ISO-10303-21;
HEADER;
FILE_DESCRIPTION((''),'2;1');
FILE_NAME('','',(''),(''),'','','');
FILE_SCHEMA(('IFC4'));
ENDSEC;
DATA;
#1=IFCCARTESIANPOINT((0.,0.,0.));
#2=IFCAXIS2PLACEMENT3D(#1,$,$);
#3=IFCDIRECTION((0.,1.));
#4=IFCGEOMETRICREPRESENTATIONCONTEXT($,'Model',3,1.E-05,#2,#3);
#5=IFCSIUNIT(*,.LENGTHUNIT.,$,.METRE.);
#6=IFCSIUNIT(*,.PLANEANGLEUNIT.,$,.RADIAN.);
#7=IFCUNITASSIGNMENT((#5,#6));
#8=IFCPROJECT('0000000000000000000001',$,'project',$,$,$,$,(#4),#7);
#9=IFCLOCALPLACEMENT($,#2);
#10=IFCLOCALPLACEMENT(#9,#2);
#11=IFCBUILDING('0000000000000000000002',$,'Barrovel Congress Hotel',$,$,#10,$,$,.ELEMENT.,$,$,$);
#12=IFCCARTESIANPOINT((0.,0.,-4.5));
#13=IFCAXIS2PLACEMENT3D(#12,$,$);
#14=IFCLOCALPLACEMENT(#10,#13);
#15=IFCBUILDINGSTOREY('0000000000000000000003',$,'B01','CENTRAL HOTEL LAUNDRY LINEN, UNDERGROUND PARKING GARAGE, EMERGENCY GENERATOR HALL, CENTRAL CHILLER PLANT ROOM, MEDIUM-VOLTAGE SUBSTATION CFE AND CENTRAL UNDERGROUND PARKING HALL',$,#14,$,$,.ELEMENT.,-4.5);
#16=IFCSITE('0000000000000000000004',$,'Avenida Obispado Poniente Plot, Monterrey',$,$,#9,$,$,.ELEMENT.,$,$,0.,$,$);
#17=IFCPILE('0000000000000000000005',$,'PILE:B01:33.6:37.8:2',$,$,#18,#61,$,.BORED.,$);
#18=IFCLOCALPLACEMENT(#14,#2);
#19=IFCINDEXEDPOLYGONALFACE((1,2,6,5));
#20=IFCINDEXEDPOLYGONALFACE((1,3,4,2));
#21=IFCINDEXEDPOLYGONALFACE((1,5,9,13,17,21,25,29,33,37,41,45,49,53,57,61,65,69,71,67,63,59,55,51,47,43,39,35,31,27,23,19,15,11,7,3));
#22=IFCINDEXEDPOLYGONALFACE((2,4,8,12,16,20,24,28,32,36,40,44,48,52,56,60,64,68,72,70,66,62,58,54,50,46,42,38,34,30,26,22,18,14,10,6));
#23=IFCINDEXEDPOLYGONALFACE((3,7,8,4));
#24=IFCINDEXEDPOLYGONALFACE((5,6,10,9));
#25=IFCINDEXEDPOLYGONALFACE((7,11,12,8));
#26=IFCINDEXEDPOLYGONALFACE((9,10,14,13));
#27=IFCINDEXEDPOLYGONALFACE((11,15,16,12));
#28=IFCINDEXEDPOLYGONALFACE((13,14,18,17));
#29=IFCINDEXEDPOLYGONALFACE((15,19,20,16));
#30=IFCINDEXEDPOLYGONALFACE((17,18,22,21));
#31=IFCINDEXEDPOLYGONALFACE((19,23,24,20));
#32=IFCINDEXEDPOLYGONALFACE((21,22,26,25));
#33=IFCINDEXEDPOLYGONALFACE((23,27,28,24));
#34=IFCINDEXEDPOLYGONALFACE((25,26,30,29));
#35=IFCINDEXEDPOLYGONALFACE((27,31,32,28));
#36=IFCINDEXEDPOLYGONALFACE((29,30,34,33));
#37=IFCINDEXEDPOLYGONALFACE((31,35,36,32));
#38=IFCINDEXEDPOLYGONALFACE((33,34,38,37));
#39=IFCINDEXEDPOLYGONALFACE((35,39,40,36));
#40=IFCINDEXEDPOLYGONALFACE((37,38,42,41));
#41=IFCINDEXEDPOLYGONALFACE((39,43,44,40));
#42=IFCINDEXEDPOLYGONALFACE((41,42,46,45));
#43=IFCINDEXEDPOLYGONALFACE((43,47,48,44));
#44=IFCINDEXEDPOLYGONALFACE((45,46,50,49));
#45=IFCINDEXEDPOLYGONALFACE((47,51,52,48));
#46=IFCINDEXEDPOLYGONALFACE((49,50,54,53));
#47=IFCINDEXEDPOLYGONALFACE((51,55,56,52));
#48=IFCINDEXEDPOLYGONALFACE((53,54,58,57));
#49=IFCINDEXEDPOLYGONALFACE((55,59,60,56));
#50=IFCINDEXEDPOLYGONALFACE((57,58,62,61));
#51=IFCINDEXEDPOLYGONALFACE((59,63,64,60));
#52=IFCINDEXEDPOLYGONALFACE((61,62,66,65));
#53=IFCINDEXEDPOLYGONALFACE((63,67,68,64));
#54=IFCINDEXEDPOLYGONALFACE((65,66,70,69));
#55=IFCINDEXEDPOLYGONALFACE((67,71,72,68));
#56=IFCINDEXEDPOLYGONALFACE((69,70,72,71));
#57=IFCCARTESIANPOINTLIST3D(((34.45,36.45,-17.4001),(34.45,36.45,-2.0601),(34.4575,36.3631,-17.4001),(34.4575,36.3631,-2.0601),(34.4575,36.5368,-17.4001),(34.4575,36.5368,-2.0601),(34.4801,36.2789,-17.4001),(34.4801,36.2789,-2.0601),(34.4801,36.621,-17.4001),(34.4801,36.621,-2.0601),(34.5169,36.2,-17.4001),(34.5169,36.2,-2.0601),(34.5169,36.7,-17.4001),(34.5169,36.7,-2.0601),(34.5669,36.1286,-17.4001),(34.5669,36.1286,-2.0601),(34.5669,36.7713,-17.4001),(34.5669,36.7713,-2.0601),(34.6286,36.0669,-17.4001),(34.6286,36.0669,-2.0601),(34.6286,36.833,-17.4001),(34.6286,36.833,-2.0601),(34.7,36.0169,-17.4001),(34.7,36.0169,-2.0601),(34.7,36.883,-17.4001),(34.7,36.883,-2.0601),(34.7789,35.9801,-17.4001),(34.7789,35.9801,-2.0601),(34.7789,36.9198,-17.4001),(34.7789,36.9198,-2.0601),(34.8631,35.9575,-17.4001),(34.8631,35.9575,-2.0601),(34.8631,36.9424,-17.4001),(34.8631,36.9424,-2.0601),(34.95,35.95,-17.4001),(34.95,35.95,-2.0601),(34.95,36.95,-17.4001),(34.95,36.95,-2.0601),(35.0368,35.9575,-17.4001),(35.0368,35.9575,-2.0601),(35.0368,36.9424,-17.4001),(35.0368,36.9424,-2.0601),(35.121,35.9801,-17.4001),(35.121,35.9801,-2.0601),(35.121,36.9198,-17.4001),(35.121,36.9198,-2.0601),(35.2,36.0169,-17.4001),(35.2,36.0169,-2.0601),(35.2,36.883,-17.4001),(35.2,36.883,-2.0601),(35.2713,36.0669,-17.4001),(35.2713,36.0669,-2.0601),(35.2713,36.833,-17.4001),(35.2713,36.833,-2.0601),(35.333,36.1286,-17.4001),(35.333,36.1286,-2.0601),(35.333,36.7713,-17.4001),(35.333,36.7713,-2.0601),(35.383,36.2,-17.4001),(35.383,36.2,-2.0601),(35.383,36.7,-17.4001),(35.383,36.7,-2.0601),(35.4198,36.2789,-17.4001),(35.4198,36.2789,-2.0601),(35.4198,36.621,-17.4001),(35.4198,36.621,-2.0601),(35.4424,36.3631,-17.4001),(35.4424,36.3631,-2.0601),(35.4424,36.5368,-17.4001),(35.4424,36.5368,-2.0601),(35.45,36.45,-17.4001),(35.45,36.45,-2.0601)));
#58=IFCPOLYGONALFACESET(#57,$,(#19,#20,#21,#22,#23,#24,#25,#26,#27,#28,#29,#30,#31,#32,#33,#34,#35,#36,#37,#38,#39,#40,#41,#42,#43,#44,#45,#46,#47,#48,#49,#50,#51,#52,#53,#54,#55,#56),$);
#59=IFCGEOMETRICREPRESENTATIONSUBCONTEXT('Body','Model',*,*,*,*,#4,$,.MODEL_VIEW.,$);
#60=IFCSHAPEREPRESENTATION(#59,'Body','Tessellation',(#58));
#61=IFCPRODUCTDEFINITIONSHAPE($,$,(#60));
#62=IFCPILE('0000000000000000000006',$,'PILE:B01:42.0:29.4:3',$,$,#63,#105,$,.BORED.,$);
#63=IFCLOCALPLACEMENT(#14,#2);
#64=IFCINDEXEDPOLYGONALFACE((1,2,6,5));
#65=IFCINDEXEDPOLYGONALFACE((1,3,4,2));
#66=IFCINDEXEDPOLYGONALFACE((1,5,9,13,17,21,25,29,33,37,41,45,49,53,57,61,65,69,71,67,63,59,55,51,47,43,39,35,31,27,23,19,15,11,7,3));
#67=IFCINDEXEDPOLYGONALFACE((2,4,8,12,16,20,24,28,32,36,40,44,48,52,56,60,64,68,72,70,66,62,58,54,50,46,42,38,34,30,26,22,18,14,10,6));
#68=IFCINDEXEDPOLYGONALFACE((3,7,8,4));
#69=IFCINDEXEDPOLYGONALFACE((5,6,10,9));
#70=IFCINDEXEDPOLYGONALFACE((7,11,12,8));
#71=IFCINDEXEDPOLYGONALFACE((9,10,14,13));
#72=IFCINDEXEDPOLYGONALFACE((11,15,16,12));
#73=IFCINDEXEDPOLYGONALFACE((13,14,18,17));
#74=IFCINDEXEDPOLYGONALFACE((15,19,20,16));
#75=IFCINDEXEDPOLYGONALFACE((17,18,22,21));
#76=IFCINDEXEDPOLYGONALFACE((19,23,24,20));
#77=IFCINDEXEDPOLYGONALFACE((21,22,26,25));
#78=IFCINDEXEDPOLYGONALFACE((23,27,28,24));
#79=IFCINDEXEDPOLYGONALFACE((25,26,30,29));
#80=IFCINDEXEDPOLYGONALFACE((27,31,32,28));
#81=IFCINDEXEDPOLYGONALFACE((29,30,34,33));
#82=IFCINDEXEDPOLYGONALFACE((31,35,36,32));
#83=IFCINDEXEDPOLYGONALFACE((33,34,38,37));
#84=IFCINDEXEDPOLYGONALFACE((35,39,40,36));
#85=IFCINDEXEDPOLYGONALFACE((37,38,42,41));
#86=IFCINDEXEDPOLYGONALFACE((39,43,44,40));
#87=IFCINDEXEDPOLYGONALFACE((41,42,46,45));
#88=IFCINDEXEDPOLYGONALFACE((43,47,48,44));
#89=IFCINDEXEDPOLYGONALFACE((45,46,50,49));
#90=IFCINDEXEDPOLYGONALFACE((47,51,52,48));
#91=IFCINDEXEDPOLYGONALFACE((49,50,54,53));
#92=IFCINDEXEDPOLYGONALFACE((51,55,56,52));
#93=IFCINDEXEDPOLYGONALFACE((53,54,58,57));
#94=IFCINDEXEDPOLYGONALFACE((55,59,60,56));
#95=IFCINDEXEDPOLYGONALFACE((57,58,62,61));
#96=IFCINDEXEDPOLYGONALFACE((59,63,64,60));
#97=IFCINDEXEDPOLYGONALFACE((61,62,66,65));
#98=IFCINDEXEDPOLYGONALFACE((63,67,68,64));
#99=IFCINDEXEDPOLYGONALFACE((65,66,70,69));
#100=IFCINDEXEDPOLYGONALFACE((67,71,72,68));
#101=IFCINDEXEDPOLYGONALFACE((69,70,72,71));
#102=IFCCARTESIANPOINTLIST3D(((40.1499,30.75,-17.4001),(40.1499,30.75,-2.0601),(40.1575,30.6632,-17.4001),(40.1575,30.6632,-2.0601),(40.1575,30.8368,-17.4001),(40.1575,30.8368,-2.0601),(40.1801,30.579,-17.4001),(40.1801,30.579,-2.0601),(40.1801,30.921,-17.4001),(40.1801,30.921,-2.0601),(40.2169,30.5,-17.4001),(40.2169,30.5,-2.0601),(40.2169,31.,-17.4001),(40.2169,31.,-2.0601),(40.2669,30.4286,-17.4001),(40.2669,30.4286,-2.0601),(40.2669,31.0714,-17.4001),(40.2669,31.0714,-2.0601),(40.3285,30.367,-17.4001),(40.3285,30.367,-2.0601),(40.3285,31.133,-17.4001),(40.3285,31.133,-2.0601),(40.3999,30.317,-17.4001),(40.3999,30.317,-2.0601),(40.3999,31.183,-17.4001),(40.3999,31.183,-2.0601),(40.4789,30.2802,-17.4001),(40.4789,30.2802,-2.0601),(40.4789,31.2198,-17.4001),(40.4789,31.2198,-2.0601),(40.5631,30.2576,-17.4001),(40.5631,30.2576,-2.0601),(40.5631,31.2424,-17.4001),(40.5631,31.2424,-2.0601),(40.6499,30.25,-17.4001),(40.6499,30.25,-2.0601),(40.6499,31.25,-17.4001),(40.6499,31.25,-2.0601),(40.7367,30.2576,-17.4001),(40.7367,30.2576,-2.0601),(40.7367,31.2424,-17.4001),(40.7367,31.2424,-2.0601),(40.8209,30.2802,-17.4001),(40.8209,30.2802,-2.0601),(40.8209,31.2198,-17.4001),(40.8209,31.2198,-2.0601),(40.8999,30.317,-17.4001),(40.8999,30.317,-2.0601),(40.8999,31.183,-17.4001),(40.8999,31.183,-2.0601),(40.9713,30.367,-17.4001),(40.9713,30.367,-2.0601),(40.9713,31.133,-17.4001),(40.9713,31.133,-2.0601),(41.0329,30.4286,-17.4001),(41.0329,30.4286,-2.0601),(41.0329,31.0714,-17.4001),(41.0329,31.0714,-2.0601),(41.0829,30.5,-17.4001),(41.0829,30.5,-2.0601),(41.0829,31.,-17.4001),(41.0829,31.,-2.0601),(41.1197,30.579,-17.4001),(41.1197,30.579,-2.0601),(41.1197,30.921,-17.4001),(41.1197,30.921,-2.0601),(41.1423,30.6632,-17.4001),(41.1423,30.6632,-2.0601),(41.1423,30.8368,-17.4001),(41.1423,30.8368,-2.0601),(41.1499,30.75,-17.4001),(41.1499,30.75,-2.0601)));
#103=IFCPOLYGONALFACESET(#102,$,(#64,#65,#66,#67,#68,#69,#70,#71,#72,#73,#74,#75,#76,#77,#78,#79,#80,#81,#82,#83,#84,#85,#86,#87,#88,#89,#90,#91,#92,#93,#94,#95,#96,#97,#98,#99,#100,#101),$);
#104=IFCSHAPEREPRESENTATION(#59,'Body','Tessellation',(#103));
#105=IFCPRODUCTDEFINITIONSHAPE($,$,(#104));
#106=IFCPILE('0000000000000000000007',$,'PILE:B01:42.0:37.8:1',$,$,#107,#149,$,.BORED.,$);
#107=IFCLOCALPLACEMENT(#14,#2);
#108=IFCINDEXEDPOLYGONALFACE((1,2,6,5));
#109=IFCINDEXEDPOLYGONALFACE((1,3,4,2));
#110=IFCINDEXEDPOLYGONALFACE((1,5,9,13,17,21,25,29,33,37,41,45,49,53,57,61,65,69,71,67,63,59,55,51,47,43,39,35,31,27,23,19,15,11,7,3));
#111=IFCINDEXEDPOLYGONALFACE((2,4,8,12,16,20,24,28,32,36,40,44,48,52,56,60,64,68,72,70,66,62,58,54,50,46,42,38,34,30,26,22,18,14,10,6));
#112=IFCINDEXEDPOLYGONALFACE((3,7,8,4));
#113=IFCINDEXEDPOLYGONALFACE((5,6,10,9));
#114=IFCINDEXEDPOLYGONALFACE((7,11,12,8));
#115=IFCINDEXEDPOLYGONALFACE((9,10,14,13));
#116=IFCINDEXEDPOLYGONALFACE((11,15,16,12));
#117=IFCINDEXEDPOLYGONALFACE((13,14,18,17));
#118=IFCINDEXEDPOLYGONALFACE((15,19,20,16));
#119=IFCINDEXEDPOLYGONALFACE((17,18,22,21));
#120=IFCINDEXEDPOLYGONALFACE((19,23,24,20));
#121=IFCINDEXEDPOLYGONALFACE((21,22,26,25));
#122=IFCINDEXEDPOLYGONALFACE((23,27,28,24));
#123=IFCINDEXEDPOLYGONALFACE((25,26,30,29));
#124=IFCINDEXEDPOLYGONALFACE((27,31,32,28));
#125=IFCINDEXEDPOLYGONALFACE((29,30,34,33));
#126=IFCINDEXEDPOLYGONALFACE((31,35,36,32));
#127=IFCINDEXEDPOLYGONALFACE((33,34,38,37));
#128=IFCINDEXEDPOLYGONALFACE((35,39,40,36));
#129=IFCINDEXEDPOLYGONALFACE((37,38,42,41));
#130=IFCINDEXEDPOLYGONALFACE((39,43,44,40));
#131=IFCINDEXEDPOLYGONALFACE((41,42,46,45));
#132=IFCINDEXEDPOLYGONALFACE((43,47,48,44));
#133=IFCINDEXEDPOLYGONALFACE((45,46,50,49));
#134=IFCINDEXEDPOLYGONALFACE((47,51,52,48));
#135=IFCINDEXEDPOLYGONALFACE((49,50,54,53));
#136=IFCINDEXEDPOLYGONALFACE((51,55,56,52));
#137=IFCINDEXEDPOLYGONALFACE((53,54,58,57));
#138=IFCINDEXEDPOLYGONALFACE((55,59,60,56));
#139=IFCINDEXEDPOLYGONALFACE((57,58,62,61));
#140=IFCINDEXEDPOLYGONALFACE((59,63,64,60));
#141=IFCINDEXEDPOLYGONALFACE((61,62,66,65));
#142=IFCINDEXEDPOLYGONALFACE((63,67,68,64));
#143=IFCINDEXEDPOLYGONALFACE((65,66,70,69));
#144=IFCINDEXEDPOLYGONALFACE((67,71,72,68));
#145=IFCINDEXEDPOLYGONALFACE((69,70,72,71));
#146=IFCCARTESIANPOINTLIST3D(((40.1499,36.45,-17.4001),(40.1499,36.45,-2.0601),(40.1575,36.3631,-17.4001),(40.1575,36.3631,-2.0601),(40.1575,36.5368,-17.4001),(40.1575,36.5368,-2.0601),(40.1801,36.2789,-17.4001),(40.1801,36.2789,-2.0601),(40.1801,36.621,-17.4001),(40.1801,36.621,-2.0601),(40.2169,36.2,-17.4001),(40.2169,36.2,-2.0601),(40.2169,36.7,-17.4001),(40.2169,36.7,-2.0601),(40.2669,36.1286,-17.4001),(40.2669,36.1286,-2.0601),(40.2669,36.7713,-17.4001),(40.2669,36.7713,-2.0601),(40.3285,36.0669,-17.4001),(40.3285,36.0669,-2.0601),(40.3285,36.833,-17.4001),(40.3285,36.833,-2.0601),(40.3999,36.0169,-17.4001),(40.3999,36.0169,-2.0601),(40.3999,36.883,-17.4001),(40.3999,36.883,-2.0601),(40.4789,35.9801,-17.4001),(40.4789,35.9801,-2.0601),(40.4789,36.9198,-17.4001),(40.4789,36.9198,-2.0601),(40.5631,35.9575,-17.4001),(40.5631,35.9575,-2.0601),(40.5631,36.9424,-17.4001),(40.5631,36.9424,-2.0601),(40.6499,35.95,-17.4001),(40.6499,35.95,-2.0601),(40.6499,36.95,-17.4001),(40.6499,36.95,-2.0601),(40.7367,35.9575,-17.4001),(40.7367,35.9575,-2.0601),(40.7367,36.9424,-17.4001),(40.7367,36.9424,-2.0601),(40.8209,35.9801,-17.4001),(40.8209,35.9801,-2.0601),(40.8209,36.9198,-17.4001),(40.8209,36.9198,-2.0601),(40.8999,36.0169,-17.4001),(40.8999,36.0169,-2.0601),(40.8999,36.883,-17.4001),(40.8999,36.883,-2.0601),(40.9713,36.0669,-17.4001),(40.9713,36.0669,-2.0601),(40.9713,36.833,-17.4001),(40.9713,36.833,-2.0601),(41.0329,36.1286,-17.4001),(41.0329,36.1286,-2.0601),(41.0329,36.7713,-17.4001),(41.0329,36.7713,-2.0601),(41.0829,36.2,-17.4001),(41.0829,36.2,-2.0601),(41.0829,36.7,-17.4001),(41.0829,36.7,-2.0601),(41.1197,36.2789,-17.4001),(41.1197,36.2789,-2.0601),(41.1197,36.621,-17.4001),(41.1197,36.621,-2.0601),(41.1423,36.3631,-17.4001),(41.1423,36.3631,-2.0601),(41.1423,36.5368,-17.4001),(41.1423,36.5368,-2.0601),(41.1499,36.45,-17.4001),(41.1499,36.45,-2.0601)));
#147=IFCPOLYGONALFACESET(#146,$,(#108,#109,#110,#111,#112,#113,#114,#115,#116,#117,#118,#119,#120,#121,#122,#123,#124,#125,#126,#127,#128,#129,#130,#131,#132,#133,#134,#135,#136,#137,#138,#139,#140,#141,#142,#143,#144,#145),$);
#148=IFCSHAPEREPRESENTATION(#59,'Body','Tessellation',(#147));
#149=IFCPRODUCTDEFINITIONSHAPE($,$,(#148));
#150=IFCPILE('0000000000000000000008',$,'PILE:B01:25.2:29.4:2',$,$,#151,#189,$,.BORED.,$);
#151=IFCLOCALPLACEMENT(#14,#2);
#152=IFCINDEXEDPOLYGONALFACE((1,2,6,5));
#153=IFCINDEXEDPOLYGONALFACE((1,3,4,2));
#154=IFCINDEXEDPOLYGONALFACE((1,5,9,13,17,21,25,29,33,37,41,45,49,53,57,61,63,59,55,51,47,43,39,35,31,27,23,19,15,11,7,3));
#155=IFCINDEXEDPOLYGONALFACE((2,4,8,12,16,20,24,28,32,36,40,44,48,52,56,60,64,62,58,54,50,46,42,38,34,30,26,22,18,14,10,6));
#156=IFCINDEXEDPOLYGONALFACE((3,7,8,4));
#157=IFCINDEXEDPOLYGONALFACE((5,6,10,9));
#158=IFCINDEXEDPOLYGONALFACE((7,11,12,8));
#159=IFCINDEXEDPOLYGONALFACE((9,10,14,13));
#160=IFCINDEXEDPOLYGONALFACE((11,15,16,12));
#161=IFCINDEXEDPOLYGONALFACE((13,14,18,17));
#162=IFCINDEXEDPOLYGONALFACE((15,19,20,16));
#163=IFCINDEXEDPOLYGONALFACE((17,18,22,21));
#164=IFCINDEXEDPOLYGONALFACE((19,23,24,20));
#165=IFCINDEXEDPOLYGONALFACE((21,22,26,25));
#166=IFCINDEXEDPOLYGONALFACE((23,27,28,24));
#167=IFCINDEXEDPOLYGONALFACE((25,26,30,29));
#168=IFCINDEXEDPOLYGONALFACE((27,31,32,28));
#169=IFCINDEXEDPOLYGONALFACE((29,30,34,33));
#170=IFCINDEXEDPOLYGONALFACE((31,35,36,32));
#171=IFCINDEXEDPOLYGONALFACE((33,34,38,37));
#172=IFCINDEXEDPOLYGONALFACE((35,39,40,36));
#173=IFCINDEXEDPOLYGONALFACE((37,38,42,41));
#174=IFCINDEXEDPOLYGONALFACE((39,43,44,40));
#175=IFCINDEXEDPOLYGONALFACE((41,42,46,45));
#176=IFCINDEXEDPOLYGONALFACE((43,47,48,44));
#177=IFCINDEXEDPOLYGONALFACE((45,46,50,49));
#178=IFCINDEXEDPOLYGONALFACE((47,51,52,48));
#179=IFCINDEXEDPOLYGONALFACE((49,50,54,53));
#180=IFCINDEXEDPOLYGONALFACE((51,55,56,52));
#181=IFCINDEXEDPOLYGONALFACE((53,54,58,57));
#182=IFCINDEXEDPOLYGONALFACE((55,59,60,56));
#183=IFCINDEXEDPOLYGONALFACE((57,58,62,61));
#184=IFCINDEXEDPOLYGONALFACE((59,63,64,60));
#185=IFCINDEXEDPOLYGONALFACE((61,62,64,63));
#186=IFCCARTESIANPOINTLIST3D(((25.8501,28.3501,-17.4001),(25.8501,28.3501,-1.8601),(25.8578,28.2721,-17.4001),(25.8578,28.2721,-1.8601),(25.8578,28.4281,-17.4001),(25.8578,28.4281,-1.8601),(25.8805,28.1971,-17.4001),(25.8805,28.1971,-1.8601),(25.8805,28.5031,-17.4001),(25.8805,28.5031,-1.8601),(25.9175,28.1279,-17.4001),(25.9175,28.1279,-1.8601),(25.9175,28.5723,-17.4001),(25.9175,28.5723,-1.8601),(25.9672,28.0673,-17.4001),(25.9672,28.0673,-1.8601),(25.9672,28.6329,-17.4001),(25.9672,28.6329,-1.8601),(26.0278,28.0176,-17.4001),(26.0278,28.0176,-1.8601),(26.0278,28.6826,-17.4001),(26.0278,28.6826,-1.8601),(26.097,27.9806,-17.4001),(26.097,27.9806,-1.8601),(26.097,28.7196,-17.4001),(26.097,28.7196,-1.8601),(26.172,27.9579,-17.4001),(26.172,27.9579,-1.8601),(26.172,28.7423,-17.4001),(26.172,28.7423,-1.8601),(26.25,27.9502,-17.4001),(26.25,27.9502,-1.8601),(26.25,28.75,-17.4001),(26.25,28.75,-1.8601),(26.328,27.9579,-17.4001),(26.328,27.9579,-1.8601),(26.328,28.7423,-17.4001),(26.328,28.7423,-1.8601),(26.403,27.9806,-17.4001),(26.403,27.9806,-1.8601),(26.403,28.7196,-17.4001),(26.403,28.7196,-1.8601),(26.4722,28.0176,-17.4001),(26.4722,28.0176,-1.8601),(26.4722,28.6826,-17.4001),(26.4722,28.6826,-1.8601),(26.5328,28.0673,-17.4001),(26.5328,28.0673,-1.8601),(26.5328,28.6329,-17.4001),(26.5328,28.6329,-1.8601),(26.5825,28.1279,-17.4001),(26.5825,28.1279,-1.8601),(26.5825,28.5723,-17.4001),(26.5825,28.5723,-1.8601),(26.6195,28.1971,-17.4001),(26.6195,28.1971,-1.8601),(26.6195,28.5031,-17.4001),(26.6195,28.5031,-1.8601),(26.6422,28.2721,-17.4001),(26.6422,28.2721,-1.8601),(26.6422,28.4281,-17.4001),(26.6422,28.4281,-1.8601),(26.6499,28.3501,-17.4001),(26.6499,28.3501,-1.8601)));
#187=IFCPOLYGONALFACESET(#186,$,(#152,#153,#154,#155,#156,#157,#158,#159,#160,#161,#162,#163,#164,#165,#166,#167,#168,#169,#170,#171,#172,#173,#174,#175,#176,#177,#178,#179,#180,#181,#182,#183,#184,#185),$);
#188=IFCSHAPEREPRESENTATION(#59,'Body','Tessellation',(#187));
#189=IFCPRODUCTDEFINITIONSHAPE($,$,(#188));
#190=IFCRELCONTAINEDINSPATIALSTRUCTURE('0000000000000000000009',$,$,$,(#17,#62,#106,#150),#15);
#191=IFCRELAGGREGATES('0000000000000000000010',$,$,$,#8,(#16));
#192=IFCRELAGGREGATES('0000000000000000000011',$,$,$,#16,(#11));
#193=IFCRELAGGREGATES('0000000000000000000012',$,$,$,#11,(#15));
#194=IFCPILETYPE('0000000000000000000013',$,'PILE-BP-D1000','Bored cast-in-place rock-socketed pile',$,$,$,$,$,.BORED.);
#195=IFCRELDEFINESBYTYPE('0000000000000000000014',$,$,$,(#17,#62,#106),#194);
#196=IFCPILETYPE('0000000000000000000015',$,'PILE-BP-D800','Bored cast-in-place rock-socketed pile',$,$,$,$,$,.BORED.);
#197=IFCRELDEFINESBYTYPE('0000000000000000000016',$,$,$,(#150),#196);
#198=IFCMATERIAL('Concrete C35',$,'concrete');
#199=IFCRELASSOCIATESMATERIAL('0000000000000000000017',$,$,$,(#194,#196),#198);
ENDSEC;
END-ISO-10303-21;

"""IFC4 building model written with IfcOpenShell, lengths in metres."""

from ifc_helpers import new_model, si_unit, direction, frame, origin, origin_2d, place, context, subcontext, project, spatial, circle, extrude, material, material_profile, profile_set, type_object, element, save


model = new_model("IFC4")

# Units and contexts
model_context = context("Model", 3, precision=1e-05, world=origin(), true_north=direction((0.0, 1.0)))
body_context = subcontext(model_context, "Body", "Model", "MODEL_VIEW")
ifc_project = project(units=[si_unit("LENGTHUNIT", "METRE"), si_unit("PLANEANGLEUNIT", "RADIAN")], contexts=[model_context])

# Site, building, storey
site_placement = place(None, origin())
site = spatial("IfcSite", under=ifc_project, at=site_placement, Name="Avenida Obispado Poniente Plot, Monterrey", CompositionType="ELEMENT", RefElevation=0.0)
building_placement = place(site_placement, origin())
building = spatial("IfcBuilding", under=site, at=building_placement, Name="Barrovel Congress Hotel", CompositionType="ELEMENT")
storey_placement = place(building_placement, frame((0.0, 0.0, -4.5)))
storey = spatial("IfcBuildingStorey", under=building, at=storey_placement, Name="B01", Description="CENTRAL HOTEL LAUNDRY LINEN, UNDERGROUND PARKING GARAGE, EMERGENCY GENERATOR HALL, CENTRAL CHILLER PLANT ROOM, MEDIUM-VOLTAGE SUBSTATION CFE AND CENTRAL UNDERGROUND PARKING HALL", CompositionType="ELEMENT", Elevation=-4.5)

# Piles
ifc_material_1 = material(Name="Concrete C35", Category="concrete")
ifc_material_profile_1 = material_profile(ifc_material_1, circle(Radius=0.5, at=origin_2d()), Name="BP-D1000")
ifc_profile_set_1 = profile_set([ifc_material_profile_1], Name="Concrete C35")
pile_type_1 = type_object("IfcPileType", Name="PILE-BP-D1000", Description="Bored cast-in-place rock-socketed pile", PredefinedType="BORED", material=ifc_profile_set_1)
for number, where, z_axis, x_axis, name in (
    (1, (34.95, 36.45, -2.0601), (0.0, 0.0, -1.0), (1.0, 0.0, 0.0), "PILE:B01:33.6:37.8:2"),
    (2, (40.6499, 30.75, -2.0601), (0.0, 0.0, -1.0), (1.0, 0.0, 0.0), "PILE:B01:42.0:29.4:3"),
    (3, (40.6499, 36.45, -2.0601), (0.0, 0.0, -1.0), (1.0, 0.0, 0.0), "PILE:B01:42.0:37.8:1"),
):
    element("IfcPile", number, at=place(storey_placement, frame(where, z_axis=z_axis, x_axis=x_axis)), inside=storey, type_object=pile_type_1, Name=name, PredefinedType="BORED", context=body_context, shape_type="SweptSolid", body=[
        extrude(circle(Radius=0.5, at=origin_2d()), origin(), (0.0, 0.0, 1.0), 15.3401),
    ])
ifc_material_profile_2 = material_profile(ifc_material_1, circle(Radius=0.3999, at=origin_2d()), Name="BP-D800")
ifc_profile_set_2 = profile_set([ifc_material_profile_2], Name="Concrete C35")
pile_type_2 = type_object("IfcPileType", Name="PILE-BP-D800", Description="Bored cast-in-place rock-socketed pile", PredefinedType="BORED", material=ifc_profile_set_2)
for number, where, z_axis, x_axis, name in (
    (4, (26.25, 28.3501, -1.8601), (0.0, 0.0, -1.0), (1.0, 0.0, 0.0), "PILE:B01:25.2:29.4:2"),
):
    element("IfcPile", number, at=place(storey_placement, frame(where, z_axis=z_axis, x_axis=x_axis)), inside=storey, type_object=pile_type_2, Name=name, PredefinedType="BORED", context=body_context, shape_type="SweptSolid", body=[
        extrude(circle(Radius=0.3999, at=origin_2d()), origin(), (0.0, 0.0, 1.0), 15.54),
    ])

save(model, "model.ifc")
